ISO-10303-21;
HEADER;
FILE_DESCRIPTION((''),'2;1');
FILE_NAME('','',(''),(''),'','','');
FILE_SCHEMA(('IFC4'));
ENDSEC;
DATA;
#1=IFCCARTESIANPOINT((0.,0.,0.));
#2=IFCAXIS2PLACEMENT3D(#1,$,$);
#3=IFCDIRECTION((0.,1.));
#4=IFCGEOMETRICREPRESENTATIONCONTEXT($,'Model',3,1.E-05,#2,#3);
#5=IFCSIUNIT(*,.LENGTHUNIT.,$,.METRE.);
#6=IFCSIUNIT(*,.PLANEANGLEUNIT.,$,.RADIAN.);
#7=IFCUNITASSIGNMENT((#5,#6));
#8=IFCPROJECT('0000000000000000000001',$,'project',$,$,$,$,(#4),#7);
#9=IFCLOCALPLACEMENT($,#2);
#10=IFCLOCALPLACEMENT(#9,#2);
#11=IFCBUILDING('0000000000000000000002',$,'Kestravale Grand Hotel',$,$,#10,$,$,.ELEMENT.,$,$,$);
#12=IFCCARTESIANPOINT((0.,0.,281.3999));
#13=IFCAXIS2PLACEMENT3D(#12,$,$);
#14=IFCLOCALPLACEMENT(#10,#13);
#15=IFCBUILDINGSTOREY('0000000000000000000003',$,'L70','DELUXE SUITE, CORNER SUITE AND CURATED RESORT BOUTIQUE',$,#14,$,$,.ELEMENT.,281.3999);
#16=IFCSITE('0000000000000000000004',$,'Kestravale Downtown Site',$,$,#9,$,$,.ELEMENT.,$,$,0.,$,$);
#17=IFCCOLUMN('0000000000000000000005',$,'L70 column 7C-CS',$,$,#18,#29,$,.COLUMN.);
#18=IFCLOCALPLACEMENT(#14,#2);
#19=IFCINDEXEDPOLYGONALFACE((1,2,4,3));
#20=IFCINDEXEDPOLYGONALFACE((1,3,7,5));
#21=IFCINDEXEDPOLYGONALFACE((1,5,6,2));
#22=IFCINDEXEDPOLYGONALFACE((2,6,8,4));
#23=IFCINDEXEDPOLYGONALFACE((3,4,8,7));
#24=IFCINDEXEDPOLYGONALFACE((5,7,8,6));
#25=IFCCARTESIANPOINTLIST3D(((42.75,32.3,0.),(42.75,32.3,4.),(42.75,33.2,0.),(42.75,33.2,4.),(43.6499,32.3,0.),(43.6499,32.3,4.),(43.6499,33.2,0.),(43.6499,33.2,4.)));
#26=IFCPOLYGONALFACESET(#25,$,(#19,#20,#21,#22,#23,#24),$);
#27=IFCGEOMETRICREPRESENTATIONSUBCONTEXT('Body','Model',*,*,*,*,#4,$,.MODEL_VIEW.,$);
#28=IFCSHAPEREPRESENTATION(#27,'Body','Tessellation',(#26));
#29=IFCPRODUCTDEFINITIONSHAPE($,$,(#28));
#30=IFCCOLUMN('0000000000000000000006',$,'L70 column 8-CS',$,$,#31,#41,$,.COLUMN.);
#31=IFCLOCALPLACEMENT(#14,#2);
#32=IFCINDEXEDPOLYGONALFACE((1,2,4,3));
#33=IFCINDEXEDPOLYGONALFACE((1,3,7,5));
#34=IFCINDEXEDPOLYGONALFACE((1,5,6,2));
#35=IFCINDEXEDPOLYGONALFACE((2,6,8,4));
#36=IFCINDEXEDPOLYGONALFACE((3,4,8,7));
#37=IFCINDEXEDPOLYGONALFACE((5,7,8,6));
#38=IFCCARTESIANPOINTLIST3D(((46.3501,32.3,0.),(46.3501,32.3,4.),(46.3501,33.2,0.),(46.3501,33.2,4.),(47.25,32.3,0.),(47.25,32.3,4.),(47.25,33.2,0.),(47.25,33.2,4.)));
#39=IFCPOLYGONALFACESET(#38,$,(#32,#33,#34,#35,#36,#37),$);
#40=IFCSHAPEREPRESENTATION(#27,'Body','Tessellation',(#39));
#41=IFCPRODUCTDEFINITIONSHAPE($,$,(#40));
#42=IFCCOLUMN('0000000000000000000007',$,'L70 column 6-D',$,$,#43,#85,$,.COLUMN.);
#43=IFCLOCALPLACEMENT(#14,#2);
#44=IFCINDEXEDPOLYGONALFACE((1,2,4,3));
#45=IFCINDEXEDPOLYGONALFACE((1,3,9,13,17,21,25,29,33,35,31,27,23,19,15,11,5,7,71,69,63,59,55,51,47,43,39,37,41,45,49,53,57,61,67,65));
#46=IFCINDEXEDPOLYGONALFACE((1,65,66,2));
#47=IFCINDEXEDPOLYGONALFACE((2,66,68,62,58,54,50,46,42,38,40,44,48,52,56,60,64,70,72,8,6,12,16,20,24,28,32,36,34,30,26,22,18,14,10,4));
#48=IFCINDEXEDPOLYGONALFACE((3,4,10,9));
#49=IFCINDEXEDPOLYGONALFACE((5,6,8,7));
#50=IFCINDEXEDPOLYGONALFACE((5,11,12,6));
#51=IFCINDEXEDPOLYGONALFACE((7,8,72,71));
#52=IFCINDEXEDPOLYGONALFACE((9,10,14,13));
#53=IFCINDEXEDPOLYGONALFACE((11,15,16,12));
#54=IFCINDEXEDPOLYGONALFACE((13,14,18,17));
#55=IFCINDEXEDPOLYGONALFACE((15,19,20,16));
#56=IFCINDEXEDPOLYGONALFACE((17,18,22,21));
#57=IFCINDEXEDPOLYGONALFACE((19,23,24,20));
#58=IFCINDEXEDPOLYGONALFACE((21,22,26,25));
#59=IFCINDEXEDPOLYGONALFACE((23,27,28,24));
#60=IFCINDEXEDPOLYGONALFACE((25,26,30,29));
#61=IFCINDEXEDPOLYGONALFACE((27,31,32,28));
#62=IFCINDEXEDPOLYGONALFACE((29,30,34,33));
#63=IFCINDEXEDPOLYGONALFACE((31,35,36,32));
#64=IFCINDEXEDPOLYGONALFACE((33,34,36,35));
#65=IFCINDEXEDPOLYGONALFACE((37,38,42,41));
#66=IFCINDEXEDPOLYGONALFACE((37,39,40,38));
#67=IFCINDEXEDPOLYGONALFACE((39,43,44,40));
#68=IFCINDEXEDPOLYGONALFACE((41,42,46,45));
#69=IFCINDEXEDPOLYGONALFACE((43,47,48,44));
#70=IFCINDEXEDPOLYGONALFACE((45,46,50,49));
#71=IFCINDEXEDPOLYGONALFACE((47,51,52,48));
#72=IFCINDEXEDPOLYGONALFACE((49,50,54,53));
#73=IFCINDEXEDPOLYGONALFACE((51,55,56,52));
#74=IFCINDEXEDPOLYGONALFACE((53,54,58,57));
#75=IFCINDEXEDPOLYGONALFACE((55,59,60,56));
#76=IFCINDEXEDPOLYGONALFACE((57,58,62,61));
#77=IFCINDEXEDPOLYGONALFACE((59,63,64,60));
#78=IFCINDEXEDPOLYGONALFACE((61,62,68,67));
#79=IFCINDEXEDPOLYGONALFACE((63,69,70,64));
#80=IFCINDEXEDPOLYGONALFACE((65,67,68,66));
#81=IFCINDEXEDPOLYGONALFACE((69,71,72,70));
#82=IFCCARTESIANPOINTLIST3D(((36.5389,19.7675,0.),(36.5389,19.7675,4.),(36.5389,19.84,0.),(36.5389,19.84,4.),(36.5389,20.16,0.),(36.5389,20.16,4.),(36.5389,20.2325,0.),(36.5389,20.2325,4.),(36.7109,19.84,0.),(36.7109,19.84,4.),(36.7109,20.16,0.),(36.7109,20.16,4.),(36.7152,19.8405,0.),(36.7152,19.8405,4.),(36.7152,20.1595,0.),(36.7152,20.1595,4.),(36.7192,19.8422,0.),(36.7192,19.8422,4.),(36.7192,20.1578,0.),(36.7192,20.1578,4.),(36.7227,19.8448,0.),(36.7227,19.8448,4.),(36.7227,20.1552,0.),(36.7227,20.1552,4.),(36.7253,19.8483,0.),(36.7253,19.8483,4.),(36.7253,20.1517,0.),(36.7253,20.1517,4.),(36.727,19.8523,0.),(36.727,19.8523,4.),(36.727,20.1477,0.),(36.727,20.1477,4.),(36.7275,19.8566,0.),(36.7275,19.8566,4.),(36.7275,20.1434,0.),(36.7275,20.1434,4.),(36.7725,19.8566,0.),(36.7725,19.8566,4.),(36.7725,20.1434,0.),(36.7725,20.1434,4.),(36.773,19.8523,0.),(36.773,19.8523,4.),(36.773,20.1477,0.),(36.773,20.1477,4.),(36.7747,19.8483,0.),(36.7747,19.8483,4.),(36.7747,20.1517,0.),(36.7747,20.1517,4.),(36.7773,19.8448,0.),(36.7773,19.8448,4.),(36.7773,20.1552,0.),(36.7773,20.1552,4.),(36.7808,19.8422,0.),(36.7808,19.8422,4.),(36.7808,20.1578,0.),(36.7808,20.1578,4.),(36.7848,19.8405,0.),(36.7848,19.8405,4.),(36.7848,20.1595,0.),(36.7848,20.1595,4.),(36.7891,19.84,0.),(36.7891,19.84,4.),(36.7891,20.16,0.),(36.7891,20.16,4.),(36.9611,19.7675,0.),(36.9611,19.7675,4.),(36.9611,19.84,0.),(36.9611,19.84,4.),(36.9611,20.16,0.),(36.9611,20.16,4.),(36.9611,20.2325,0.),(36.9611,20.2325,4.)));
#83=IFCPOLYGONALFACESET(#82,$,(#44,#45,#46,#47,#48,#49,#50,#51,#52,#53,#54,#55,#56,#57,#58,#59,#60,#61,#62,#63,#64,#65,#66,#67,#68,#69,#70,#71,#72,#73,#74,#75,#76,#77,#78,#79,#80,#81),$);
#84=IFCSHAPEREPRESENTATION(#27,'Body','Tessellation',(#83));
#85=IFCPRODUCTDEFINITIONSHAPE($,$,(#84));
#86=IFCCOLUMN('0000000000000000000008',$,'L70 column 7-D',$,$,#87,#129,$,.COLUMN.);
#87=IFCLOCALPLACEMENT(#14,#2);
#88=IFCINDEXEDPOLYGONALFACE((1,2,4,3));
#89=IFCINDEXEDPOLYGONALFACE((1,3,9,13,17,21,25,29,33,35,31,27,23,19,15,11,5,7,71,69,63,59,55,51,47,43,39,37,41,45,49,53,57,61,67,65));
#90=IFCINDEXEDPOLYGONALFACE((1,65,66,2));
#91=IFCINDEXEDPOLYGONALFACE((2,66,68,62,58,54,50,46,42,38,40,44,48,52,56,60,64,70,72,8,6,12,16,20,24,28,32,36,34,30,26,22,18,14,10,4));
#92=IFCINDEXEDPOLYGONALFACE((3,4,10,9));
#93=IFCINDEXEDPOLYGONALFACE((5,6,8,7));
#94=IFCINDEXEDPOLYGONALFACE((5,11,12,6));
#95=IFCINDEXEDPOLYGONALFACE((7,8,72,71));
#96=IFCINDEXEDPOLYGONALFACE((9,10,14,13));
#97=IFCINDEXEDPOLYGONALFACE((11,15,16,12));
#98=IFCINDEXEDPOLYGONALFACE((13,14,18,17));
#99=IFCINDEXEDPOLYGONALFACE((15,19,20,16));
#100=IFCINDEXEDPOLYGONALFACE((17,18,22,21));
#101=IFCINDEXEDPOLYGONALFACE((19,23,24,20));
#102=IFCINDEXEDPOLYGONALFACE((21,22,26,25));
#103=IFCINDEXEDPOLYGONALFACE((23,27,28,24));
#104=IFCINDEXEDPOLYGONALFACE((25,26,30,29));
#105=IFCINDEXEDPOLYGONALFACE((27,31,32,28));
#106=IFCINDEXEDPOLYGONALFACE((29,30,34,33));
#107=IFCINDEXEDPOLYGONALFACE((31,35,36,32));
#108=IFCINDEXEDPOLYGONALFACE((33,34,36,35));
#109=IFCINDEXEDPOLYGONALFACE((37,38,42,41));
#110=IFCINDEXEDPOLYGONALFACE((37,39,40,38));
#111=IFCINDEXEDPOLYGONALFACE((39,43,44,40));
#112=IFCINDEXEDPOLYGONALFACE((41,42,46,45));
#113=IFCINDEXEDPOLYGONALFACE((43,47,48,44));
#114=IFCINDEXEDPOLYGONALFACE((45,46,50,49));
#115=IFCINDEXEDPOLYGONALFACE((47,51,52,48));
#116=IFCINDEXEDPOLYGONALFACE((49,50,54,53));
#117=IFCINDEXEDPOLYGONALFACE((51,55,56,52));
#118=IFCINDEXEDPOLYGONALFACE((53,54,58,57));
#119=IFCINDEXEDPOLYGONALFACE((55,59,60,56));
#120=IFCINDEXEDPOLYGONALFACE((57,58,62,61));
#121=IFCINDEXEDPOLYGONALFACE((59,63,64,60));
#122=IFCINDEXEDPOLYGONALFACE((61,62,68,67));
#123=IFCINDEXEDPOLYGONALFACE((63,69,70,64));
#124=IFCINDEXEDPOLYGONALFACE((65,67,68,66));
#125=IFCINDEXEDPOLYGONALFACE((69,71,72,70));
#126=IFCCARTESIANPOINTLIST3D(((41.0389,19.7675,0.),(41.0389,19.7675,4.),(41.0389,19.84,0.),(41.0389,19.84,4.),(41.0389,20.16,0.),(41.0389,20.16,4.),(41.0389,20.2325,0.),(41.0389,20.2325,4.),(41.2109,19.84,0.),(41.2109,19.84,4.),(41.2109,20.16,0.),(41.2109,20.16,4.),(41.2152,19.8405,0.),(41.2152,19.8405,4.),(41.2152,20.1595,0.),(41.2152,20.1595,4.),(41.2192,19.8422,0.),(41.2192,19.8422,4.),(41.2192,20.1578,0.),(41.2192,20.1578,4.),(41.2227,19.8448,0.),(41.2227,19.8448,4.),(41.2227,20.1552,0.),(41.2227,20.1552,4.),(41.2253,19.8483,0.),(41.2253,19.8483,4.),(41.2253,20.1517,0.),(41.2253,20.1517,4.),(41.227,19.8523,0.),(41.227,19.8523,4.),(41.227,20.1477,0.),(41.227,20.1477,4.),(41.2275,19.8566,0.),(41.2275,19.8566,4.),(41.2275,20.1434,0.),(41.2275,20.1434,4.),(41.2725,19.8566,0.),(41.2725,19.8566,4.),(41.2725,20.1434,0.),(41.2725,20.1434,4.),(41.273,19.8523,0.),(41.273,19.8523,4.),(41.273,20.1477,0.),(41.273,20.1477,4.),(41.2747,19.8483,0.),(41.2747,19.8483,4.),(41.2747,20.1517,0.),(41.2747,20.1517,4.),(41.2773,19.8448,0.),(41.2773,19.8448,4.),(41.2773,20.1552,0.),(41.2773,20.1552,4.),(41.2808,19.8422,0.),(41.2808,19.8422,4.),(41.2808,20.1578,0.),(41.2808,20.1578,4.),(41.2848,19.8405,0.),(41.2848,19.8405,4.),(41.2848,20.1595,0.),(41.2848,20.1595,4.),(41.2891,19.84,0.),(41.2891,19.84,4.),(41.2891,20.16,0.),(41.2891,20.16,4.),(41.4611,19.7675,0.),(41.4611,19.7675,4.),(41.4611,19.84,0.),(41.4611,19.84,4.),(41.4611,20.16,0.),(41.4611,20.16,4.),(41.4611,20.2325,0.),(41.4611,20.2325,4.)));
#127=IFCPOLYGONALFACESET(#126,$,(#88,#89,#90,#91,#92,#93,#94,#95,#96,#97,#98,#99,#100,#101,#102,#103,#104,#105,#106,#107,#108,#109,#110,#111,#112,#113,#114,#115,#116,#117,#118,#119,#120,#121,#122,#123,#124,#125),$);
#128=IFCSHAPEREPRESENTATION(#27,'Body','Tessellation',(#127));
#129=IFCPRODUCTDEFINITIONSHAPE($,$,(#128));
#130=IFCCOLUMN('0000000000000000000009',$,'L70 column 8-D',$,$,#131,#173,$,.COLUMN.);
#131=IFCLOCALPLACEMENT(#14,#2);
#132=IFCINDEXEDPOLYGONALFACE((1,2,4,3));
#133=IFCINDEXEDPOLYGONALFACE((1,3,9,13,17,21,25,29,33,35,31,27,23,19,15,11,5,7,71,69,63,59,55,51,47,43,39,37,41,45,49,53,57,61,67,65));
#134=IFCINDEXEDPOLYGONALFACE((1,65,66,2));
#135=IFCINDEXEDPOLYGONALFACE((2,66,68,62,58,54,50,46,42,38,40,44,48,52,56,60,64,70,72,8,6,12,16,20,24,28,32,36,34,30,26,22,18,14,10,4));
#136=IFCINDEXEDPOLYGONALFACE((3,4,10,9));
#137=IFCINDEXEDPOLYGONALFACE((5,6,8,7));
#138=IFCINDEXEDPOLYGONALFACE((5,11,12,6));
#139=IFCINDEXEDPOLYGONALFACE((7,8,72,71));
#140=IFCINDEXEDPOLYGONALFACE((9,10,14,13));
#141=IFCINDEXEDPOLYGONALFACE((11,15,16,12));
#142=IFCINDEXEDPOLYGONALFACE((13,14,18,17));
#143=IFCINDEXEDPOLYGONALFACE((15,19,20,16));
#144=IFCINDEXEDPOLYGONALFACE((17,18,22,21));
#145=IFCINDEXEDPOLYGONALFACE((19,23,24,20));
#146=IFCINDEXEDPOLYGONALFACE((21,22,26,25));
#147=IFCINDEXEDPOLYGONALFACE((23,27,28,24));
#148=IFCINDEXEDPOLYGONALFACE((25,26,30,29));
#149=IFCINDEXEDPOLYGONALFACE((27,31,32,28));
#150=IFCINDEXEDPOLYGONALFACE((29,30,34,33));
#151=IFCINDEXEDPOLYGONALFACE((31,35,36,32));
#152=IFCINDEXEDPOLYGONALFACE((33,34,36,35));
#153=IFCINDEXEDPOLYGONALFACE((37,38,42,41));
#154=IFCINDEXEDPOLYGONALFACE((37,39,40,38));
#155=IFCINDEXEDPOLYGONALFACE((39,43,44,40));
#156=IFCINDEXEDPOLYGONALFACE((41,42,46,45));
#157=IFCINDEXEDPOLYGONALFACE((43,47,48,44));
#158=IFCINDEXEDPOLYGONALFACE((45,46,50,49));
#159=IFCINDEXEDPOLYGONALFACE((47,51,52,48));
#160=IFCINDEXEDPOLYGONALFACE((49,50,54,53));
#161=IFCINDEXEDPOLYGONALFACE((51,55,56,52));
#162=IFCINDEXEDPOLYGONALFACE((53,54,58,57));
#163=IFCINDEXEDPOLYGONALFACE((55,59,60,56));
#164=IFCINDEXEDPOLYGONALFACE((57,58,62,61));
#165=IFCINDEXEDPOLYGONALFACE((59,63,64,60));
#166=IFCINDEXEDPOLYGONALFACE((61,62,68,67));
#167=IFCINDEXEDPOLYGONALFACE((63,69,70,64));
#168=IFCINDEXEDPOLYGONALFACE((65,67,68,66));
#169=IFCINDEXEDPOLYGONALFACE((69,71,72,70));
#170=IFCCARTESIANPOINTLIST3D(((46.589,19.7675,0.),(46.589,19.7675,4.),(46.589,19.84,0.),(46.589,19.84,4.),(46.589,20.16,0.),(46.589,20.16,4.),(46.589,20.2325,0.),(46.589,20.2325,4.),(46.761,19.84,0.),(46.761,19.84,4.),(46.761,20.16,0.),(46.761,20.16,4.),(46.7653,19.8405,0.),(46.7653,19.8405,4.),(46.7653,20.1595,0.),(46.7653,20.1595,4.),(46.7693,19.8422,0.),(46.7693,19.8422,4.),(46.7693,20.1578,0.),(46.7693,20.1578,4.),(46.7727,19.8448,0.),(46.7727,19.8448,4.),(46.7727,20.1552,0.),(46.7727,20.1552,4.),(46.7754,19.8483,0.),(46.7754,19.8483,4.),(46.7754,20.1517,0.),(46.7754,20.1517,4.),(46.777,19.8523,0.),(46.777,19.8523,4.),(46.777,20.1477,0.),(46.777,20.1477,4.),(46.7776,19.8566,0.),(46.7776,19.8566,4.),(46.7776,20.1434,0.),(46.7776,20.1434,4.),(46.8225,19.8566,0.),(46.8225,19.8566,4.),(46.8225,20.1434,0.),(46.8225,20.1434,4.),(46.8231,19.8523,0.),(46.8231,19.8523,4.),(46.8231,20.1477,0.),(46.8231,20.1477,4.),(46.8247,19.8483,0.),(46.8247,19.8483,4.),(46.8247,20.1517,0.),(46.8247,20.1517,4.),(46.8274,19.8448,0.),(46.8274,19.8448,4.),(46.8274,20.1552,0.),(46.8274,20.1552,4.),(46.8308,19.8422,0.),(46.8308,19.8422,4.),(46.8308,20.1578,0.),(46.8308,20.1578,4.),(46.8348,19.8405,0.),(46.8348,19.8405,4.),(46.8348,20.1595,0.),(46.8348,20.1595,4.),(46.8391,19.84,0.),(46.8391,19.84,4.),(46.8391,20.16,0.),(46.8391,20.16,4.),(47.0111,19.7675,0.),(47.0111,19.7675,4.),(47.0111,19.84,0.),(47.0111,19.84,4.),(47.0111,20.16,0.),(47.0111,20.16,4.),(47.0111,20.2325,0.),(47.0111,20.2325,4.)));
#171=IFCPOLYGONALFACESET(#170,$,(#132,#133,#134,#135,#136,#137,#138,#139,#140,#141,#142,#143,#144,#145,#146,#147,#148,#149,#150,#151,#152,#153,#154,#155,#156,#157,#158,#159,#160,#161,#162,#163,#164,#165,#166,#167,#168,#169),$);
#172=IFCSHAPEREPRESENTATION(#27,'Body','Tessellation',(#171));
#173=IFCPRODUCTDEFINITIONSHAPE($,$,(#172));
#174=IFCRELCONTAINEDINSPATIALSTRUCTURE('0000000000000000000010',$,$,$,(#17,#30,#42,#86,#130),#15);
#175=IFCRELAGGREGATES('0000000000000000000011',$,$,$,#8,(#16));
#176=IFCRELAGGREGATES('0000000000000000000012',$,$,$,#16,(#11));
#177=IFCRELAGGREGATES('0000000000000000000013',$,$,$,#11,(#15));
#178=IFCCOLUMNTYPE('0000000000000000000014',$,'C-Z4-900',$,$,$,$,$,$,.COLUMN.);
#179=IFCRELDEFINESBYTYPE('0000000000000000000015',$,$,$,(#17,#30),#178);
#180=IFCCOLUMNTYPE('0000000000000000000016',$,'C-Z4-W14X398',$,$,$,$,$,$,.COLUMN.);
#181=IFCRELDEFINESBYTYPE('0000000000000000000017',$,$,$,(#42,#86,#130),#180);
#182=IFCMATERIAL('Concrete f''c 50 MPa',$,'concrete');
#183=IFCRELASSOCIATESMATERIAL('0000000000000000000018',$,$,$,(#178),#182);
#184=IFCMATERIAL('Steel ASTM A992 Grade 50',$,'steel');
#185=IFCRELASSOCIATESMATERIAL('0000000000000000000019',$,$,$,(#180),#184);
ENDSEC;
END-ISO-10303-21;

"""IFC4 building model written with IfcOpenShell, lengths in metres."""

from ifc_helpers import new_model, si_unit, direction, frame, origin, origin_2d, place, context, subcontext, project, spatial, rectangle, i_section, extrude, material, material_profile, profile_set, type_object, element, save


model = new_model("IFC4")

# Units and contexts
model_context = context("Model", 3, precision=1e-05, world=origin(), true_north=direction((0.0, 1.0)))
body_context = subcontext(model_context, "Body", "Model", "MODEL_VIEW")
ifc_project = project(units=[si_unit("LENGTHUNIT", "METRE"), si_unit("PLANEANGLEUNIT", "RADIAN")], contexts=[model_context])

# Site, building, storey
site_placement = place(None, origin())
site = spatial("IfcSite", under=ifc_project, at=site_placement, Name="Kestravale Downtown Site", CompositionType="ELEMENT", RefElevation=0.0)
building_placement = place(site_placement, origin())
building = spatial("IfcBuilding", under=site, at=building_placement, Name="Kestravale Grand Hotel", CompositionType="ELEMENT")
storey_placement = place(building_placement, frame((0.0, 0.0, 281.3999)))
storey = spatial("IfcBuildingStorey", under=building, at=storey_placement, Name="L70", Description="DELUXE SUITE, CORNER SUITE AND CURATED RESORT BOUTIQUE", CompositionType="ELEMENT", Elevation=281.3999)

# Columns
ifc_material_1 = material(Name="Concrete f'c 50 MPa", Category="concrete")
ifc_material_profile_1 = material_profile(ifc_material_1, rectangle(XDim=0.8999, YDim=0.8999, at=origin_2d()))
ifc_profile_set_1 = profile_set([ifc_material_profile_1], Name="Concrete f'c 50 MPa")
column_type_1 = type_object("IfcColumnType", Name="C-Z4-900", PredefinedType="COLUMN", material=ifc_profile_set_1)
for number, where, z_axis, x_axis, name in (
    (1, (43.2, 32.75, 0.0), (0.0, 0.0, 1.0), (1.0, 0.0, 0.0), "L70 column 7C-CS"),
    (2, (46.8, 32.75, 0.0), (0.0, 0.0, 1.0), (1.0, 0.0, 0.0), "L70 column 8-CS"),
):
    element("IfcColumn", number, at=place(storey_placement, frame(where, z_axis=z_axis, x_axis=x_axis)), inside=storey, type_object=column_type_1, Name=name, PredefinedType="COLUMN", context=body_context, shape_type="SweptSolid", body=[
        extrude(rectangle(XDim=0.8999, YDim=0.8999, at=origin_2d()), origin(), (0.0, 0.0, 1.0), 4.0),
    ])
ifc_material_2 = material(Name="Steel ASTM A992 Grade 50", Category="steel")
ifc_material_profile_2 = material_profile(ifc_material_2, i_section(OverallWidth=0.4221, OverallDepth=0.4651, WebThickness=0.0449, FlangeThickness=0.0725, FilletRadius=0.0166, at=origin_2d()))
ifc_profile_set_2 = profile_set([ifc_material_profile_2], Name="Steel ASTM A992 Grade 50")
column_type_2 = type_object("IfcColumnType", Name="C-Z4-W14X398", PredefinedType="COLUMN", material=ifc_profile_set_2)
for number, where, z_axis, x_axis, name in (
    (3, (36.75, 20.0, 0.0), (0.0, 0.0, 1.0), (1.0, 0.0, 0.0), "L70 column 6-D"),
    (4, (41.25, 20.0, 0.0), (0.0, 0.0, 1.0), (1.0, 0.0, 0.0), "L70 column 7-D"),
    (5, (46.8, 20.0, 0.0), (0.0, 0.0, 1.0), (1.0, 0.0, 0.0), "L70 column 8-D"),
):
    element("IfcColumn", number, at=place(storey_placement, frame(where, z_axis=z_axis, x_axis=x_axis)), inside=storey, type_object=column_type_2, Name=name, PredefinedType="COLUMN", context=body_context, shape_type="SweptSolid", body=[
        extrude(i_section(OverallWidth=0.4221, OverallDepth=0.4651, WebThickness=0.0449, FlangeThickness=0.0725, FilletRadius=0.0166, at=origin_2d()), origin(), (0.0, 0.0, 1.0), 4.0),
    ])

save(model, "model.ifc")
